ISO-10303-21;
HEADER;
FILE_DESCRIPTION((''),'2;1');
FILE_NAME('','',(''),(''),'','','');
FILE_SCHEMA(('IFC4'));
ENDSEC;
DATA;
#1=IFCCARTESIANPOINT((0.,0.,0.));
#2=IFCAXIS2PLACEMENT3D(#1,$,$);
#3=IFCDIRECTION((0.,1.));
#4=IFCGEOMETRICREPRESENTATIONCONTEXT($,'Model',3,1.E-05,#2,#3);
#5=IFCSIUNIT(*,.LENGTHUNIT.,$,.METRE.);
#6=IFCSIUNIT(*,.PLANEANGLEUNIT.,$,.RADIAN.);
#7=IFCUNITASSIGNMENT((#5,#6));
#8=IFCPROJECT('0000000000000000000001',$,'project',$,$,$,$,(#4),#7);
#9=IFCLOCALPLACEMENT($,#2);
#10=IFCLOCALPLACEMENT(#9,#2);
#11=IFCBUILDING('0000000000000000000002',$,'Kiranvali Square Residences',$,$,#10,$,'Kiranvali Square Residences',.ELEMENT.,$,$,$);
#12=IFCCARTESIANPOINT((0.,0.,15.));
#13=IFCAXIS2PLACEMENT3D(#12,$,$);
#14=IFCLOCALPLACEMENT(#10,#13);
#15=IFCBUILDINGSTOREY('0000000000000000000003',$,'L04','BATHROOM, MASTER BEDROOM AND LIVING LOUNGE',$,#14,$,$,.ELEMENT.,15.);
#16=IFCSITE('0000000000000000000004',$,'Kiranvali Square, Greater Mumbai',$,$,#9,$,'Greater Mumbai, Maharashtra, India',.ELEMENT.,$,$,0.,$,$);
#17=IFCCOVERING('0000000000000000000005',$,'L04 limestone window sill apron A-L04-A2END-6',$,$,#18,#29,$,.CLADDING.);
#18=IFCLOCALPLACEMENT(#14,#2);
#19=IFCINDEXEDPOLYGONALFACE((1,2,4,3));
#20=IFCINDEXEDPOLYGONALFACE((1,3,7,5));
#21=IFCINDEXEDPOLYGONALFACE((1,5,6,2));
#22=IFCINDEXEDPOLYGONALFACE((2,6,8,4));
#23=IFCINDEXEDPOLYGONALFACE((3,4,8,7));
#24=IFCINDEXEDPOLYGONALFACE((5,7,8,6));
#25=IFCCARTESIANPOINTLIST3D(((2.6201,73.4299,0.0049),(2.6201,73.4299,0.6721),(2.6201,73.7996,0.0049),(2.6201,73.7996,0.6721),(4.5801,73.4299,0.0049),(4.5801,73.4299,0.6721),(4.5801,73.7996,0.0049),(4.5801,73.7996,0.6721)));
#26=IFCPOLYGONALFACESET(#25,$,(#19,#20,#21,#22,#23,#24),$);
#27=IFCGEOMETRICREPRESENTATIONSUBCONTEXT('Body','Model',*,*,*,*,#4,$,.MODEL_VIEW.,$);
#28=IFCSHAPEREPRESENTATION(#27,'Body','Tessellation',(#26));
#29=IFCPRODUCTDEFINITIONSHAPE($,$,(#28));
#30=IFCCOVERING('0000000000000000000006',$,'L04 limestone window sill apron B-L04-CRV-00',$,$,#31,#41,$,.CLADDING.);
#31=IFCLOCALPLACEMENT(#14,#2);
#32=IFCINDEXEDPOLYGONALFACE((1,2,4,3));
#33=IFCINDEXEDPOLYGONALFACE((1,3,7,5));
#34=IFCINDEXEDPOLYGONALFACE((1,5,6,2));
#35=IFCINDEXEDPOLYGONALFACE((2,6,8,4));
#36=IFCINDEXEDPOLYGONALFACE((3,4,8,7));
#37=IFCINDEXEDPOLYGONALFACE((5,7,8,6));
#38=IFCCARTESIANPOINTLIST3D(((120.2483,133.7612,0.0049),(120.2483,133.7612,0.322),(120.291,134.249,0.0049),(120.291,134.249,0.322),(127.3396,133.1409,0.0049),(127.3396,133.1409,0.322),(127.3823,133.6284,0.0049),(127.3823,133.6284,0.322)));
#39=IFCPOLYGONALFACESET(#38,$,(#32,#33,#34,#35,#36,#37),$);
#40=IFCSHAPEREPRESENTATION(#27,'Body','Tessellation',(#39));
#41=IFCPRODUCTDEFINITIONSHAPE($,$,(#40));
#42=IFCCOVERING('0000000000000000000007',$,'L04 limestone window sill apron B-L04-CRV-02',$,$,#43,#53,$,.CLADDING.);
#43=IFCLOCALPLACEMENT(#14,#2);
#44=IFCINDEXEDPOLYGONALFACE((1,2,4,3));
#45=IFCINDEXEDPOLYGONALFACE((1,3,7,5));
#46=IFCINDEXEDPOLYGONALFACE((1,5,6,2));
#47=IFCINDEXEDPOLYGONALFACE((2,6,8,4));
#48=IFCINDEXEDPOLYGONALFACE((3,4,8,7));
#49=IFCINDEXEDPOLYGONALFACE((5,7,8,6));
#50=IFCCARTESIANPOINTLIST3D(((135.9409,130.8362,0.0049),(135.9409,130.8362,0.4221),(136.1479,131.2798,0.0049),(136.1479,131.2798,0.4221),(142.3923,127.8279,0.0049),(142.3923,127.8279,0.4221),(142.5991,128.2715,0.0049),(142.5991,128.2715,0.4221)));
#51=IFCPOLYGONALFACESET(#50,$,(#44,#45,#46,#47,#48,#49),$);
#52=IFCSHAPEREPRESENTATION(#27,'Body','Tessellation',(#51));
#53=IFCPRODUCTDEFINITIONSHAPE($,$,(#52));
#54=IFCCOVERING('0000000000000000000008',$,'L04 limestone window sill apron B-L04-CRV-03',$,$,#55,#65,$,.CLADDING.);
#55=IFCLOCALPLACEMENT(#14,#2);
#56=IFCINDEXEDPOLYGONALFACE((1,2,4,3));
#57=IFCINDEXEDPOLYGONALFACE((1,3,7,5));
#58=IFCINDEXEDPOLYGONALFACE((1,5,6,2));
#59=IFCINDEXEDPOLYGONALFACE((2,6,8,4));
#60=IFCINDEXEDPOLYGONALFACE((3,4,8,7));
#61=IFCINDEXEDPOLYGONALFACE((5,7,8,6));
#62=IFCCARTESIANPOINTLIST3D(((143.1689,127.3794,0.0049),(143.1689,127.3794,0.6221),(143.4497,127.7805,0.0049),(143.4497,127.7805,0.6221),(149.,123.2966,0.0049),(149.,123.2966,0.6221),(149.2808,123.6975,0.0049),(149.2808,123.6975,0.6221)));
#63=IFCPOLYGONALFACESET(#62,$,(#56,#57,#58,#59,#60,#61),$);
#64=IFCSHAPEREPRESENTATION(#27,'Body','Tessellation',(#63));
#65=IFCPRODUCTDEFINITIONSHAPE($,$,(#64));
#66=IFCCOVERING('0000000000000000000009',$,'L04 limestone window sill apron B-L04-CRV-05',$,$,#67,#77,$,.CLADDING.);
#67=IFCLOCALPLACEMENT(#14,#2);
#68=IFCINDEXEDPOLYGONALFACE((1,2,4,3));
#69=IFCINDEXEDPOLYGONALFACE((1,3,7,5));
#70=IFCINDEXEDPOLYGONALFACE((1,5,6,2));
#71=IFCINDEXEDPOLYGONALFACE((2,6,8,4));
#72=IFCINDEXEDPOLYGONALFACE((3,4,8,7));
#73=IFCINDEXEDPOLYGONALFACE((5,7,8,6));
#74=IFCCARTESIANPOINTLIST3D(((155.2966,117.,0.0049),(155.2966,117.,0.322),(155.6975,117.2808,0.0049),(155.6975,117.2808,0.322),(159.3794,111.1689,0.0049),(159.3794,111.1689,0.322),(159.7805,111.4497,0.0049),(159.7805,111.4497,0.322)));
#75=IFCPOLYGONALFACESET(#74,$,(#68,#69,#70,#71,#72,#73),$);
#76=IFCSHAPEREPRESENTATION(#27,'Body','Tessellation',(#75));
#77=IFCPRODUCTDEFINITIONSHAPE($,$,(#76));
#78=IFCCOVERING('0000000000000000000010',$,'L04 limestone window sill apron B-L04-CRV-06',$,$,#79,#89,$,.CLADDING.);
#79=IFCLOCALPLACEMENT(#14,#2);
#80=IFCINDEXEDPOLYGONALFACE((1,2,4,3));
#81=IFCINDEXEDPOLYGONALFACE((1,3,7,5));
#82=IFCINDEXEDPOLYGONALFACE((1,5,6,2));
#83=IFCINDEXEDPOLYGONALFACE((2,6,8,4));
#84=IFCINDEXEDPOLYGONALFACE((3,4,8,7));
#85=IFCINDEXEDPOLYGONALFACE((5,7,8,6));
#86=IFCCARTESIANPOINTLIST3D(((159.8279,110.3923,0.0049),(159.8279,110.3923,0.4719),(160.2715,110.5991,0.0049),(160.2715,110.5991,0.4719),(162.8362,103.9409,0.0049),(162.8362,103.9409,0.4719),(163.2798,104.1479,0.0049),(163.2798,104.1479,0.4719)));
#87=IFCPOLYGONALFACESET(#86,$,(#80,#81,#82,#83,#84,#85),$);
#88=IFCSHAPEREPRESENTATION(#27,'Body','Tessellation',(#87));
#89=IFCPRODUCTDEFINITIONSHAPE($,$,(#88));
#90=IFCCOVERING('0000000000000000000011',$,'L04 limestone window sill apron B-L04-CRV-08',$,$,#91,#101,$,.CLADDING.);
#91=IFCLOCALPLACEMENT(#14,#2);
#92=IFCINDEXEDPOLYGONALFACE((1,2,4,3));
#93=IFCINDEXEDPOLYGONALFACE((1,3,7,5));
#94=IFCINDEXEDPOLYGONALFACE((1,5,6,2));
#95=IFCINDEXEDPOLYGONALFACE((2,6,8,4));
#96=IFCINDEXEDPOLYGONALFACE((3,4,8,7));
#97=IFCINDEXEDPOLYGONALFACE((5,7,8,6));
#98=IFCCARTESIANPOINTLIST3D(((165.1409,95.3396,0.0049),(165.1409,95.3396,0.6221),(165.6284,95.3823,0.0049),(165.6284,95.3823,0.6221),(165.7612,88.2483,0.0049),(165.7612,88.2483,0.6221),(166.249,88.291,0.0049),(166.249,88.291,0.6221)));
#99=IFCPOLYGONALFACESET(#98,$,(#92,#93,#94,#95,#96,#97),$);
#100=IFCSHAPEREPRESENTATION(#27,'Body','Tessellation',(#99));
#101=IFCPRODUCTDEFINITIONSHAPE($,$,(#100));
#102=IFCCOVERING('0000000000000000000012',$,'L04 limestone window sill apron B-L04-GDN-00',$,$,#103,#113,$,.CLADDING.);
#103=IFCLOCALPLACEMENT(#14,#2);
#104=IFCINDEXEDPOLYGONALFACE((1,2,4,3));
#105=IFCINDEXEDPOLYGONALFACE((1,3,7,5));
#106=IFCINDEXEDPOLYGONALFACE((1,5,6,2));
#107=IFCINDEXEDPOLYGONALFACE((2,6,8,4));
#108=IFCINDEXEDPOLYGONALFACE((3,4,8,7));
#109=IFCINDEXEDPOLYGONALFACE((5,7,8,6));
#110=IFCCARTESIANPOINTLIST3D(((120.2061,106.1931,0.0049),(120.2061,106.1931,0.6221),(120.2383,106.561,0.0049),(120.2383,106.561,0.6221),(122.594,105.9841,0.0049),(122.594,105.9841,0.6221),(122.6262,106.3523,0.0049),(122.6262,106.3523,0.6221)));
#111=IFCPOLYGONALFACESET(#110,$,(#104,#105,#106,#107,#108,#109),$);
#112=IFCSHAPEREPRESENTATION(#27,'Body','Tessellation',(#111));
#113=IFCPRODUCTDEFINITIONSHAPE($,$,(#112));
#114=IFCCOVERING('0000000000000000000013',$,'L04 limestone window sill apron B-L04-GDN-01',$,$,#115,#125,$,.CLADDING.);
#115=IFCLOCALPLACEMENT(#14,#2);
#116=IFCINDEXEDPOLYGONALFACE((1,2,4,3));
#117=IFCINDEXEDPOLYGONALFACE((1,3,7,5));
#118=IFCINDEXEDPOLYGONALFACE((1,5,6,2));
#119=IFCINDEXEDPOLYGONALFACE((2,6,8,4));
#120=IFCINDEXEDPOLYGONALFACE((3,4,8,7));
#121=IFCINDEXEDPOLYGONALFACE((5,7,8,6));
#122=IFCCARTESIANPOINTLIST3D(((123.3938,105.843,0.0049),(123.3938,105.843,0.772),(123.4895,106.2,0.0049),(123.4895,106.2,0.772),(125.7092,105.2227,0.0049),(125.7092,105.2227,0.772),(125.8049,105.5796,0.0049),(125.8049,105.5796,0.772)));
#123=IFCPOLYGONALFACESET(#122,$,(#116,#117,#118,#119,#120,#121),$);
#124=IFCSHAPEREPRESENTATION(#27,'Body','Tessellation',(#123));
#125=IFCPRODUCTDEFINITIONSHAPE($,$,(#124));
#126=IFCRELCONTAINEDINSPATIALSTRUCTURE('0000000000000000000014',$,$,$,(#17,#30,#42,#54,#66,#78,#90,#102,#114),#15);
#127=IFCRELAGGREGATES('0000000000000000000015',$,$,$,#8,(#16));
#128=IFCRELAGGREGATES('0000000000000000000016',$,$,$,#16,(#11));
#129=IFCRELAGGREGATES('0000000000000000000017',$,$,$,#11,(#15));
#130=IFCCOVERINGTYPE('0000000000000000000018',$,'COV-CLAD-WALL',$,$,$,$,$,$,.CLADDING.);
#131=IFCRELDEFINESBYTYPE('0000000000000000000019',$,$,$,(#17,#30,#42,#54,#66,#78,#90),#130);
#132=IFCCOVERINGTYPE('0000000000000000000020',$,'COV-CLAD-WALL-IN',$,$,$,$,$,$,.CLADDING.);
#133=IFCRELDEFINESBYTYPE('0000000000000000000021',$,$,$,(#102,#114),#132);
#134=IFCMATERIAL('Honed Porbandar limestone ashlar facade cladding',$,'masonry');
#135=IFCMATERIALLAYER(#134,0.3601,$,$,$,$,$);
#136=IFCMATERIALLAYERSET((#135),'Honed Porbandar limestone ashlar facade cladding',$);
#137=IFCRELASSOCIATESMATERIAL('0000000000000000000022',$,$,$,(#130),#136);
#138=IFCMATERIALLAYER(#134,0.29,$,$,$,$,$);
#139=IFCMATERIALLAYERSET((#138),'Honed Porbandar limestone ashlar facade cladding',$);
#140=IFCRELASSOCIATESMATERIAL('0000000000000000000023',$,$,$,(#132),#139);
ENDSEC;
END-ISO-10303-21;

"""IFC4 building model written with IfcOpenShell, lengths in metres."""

from ifc_helpers import new_model, si_unit, direction, frame, origin, place, context, subcontext, project, spatial, polyline, outline, extrude, material, layer, layer_set, type_object, element, save


model = new_model("IFC4")

# Units and contexts
model_context = context("Model", 3, precision=1e-05, world=origin(), true_north=direction((0.0, 1.0)))
body_context = subcontext(model_context, "Body", "Model", "MODEL_VIEW")
ifc_project = project(units=[si_unit("LENGTHUNIT", "METRE"), si_unit("PLANEANGLEUNIT", "RADIAN")], contexts=[model_context])

# Site, building, storey
site_placement = place(None, origin())
site = spatial("IfcSite", under=ifc_project, at=site_placement, Name="Kiranvali Square, Greater Mumbai", LongName="Greater Mumbai, Maharashtra, India", CompositionType="ELEMENT", RefElevation=0.0)
building_placement = place(site_placement, origin())
building = spatial("IfcBuilding", under=site, at=building_placement, Name="Kiranvali Square Residences", LongName="Kiranvali Square Residences", CompositionType="ELEMENT")
storey_placement = place(building_placement, frame((0.0, 0.0, 15.0)))
storey = spatial("IfcBuildingStorey", under=building, at=storey_placement, Name="L04", Description="BATHROOM, MASTER BEDROOM AND LIVING LOUNGE", CompositionType="ELEMENT", Elevation=15.0)

# Coverings
ifc_material = material(Name="Honed Porbandar limestone ashlar facade cladding", Category="masonry")
ifc_layer_1 = layer(ifc_material, 0.3601)
ifc_layer_set_1 = layer_set([ifc_layer_1], Name="Honed Porbandar limestone ashlar facade cladding")
covering_type_1 = type_object("IfcCoveringType", Name="COV-CLAD-WALL", PredefinedType="CLADDING", material=ifc_layer_set_1)
covering_1_placement = place(storey_placement, frame((0.0, 0.0, 0.0049)))
element("IfcCovering", 1, at=covering_1_placement, inside=storey, type_object=covering_type_1, Name="L04 limestone window sill apron A-L04-A2END-6", PredefinedType="CLADDING", context=body_context, shape_type="SweptSolid", body=[
    extrude(outline(polyline([(4.5801, 73.7996), (2.6201, 73.7996), (2.6201, 73.4299), (4.5801, 73.4299), (4.5801, 73.7996)])), origin(), (0.0, 0.0, 1.0), 0.6672),
])
covering_2_placement = place(storey_placement, frame((0.0, 0.0, 0.0049)))
element("IfcCovering", 2, at=covering_2_placement, inside=storey, type_object=covering_type_1, Name="L04 limestone window sill apron B-L04-CRV-00", PredefinedType="CLADDING", context=body_context, shape_type="SweptSolid", body=[
    extrude(outline(polyline([(120.2483, 133.7612), (127.3396, 133.1409), (127.3823, 133.6284), (120.291, 134.249), (120.2483, 133.7612)])), origin(), (0.0, 0.0, 1.0), 0.3171),
])
covering_3_placement = place(storey_placement, frame((0.0, 0.0, 0.0049)))
element("IfcCovering", 3, at=covering_3_placement, inside=storey, type_object=covering_type_1, Name="L04 limestone window sill apron B-L04-CRV-02", PredefinedType="CLADDING", context=body_context, shape_type="SweptSolid", body=[
    extrude(outline(polyline([(135.9409, 130.8362), (142.3923, 127.8279), (142.5991, 128.2715), (136.1479, 131.2798), (135.9409, 130.8362)])), origin(), (0.0, 0.0, 1.0), 0.4172),
])
covering_4_placement = place(storey_placement, frame((0.0, 0.0, 0.0049)))
element("IfcCovering", 4, at=covering_4_placement, inside=storey, type_object=covering_type_1, Name="L04 limestone window sill apron B-L04-CRV-03", PredefinedType="CLADDING", context=body_context, shape_type="SweptSolid", body=[
    extrude(outline(polyline([(143.1689, 127.3794), (149.0, 123.2966), (149.2808, 123.6975), (143.4497, 127.7805), (143.1689, 127.3794)])), origin(), (0.0, 0.0, 1.0), 0.6172),
])
covering_5_placement = place(storey_placement, frame((0.0, 0.0, 0.0049)))
element("IfcCovering", 5, at=covering_5_placement, inside=storey, type_object=covering_type_1, Name="L04 limestone window sill apron B-L04-CRV-05", PredefinedType="CLADDING", context=body_context, shape_type="SweptSolid", body=[
    extrude(outline(polyline([(155.2966, 117.0), (159.3794, 111.1689), (159.7805, 111.4497), (155.6975, 117.2808), (155.2966, 117.0)])), origin(), (0.0, 0.0, 1.0), 0.3171),
])
covering_6_placement = place(storey_placement, frame((0.0, 0.0, 0.0049)))
element("IfcCovering", 6, at=covering_6_placement, inside=storey, type_object=covering_type_1, Name="L04 limestone window sill apron B-L04-CRV-06", PredefinedType="CLADDING", context=body_context, shape_type="SweptSolid", body=[
    extrude(outline(polyline([(159.8279, 110.3923), (162.8362, 103.9409), (163.2798, 104.1479), (160.2715, 110.5991), (159.8279, 110.3923)])), origin(), (0.0, 0.0, 1.0), 0.467),
])
covering_7_placement = place(storey_placement, frame((0.0, 0.0, 0.0049)))
element("IfcCovering", 7, at=covering_7_placement, inside=storey, type_object=covering_type_1, Name="L04 limestone window sill apron B-L04-CRV-08", PredefinedType="CLADDING", context=body_context, shape_type="SweptSolid", body=[
    extrude(outline(polyline([(165.1409, 95.3396), (165.7612, 88.2483), (166.249, 88.291), (165.6284, 95.3823), (165.1409, 95.3396)])), origin(), (0.0, 0.0, 1.0), 0.6172),
])
ifc_layer_2 = layer(ifc_material, 0.29)
ifc_layer_set_2 = layer_set([ifc_layer_2], Name="Honed Porbandar limestone ashlar facade cladding")
covering_type_2 = type_object("IfcCoveringType", Name="COV-CLAD-WALL-IN", PredefinedType="CLADDING", material=ifc_layer_set_2)
covering_8_placement = place(storey_placement, frame((0.0, 0.0, 0.0049)))
element("IfcCovering", 8, at=covering_8_placement, inside=storey, type_object=covering_type_2, Name="L04 limestone window sill apron B-L04-GDN-00", PredefinedType="CLADDING", context=body_context, shape_type="SweptSolid", body=[
    extrude(outline(polyline([(120.2061, 106.1931), (122.594, 105.9841), (122.6262, 106.3523), (120.2383, 106.561), (120.2061, 106.1931)])), origin(), (0.0, 0.0, 1.0), 0.6172),
])
covering_9_placement = place(storey_placement, frame((0.0, 0.0, 0.0049)))
element("IfcCovering", 9, at=covering_9_placement, inside=storey, type_object=covering_type_2, Name="L04 limestone window sill apron B-L04-GDN-01", PredefinedType="CLADDING", context=body_context, shape_type="SweptSolid", body=[
    extrude(outline(polyline([(123.3938, 105.843), (125.7092, 105.2227), (125.8049, 105.5796), (123.4895, 106.2), (123.3938, 105.843)])), origin(), (0.0, 0.0, 1.0), 0.7671),
])

save(model, "model.ifc")
